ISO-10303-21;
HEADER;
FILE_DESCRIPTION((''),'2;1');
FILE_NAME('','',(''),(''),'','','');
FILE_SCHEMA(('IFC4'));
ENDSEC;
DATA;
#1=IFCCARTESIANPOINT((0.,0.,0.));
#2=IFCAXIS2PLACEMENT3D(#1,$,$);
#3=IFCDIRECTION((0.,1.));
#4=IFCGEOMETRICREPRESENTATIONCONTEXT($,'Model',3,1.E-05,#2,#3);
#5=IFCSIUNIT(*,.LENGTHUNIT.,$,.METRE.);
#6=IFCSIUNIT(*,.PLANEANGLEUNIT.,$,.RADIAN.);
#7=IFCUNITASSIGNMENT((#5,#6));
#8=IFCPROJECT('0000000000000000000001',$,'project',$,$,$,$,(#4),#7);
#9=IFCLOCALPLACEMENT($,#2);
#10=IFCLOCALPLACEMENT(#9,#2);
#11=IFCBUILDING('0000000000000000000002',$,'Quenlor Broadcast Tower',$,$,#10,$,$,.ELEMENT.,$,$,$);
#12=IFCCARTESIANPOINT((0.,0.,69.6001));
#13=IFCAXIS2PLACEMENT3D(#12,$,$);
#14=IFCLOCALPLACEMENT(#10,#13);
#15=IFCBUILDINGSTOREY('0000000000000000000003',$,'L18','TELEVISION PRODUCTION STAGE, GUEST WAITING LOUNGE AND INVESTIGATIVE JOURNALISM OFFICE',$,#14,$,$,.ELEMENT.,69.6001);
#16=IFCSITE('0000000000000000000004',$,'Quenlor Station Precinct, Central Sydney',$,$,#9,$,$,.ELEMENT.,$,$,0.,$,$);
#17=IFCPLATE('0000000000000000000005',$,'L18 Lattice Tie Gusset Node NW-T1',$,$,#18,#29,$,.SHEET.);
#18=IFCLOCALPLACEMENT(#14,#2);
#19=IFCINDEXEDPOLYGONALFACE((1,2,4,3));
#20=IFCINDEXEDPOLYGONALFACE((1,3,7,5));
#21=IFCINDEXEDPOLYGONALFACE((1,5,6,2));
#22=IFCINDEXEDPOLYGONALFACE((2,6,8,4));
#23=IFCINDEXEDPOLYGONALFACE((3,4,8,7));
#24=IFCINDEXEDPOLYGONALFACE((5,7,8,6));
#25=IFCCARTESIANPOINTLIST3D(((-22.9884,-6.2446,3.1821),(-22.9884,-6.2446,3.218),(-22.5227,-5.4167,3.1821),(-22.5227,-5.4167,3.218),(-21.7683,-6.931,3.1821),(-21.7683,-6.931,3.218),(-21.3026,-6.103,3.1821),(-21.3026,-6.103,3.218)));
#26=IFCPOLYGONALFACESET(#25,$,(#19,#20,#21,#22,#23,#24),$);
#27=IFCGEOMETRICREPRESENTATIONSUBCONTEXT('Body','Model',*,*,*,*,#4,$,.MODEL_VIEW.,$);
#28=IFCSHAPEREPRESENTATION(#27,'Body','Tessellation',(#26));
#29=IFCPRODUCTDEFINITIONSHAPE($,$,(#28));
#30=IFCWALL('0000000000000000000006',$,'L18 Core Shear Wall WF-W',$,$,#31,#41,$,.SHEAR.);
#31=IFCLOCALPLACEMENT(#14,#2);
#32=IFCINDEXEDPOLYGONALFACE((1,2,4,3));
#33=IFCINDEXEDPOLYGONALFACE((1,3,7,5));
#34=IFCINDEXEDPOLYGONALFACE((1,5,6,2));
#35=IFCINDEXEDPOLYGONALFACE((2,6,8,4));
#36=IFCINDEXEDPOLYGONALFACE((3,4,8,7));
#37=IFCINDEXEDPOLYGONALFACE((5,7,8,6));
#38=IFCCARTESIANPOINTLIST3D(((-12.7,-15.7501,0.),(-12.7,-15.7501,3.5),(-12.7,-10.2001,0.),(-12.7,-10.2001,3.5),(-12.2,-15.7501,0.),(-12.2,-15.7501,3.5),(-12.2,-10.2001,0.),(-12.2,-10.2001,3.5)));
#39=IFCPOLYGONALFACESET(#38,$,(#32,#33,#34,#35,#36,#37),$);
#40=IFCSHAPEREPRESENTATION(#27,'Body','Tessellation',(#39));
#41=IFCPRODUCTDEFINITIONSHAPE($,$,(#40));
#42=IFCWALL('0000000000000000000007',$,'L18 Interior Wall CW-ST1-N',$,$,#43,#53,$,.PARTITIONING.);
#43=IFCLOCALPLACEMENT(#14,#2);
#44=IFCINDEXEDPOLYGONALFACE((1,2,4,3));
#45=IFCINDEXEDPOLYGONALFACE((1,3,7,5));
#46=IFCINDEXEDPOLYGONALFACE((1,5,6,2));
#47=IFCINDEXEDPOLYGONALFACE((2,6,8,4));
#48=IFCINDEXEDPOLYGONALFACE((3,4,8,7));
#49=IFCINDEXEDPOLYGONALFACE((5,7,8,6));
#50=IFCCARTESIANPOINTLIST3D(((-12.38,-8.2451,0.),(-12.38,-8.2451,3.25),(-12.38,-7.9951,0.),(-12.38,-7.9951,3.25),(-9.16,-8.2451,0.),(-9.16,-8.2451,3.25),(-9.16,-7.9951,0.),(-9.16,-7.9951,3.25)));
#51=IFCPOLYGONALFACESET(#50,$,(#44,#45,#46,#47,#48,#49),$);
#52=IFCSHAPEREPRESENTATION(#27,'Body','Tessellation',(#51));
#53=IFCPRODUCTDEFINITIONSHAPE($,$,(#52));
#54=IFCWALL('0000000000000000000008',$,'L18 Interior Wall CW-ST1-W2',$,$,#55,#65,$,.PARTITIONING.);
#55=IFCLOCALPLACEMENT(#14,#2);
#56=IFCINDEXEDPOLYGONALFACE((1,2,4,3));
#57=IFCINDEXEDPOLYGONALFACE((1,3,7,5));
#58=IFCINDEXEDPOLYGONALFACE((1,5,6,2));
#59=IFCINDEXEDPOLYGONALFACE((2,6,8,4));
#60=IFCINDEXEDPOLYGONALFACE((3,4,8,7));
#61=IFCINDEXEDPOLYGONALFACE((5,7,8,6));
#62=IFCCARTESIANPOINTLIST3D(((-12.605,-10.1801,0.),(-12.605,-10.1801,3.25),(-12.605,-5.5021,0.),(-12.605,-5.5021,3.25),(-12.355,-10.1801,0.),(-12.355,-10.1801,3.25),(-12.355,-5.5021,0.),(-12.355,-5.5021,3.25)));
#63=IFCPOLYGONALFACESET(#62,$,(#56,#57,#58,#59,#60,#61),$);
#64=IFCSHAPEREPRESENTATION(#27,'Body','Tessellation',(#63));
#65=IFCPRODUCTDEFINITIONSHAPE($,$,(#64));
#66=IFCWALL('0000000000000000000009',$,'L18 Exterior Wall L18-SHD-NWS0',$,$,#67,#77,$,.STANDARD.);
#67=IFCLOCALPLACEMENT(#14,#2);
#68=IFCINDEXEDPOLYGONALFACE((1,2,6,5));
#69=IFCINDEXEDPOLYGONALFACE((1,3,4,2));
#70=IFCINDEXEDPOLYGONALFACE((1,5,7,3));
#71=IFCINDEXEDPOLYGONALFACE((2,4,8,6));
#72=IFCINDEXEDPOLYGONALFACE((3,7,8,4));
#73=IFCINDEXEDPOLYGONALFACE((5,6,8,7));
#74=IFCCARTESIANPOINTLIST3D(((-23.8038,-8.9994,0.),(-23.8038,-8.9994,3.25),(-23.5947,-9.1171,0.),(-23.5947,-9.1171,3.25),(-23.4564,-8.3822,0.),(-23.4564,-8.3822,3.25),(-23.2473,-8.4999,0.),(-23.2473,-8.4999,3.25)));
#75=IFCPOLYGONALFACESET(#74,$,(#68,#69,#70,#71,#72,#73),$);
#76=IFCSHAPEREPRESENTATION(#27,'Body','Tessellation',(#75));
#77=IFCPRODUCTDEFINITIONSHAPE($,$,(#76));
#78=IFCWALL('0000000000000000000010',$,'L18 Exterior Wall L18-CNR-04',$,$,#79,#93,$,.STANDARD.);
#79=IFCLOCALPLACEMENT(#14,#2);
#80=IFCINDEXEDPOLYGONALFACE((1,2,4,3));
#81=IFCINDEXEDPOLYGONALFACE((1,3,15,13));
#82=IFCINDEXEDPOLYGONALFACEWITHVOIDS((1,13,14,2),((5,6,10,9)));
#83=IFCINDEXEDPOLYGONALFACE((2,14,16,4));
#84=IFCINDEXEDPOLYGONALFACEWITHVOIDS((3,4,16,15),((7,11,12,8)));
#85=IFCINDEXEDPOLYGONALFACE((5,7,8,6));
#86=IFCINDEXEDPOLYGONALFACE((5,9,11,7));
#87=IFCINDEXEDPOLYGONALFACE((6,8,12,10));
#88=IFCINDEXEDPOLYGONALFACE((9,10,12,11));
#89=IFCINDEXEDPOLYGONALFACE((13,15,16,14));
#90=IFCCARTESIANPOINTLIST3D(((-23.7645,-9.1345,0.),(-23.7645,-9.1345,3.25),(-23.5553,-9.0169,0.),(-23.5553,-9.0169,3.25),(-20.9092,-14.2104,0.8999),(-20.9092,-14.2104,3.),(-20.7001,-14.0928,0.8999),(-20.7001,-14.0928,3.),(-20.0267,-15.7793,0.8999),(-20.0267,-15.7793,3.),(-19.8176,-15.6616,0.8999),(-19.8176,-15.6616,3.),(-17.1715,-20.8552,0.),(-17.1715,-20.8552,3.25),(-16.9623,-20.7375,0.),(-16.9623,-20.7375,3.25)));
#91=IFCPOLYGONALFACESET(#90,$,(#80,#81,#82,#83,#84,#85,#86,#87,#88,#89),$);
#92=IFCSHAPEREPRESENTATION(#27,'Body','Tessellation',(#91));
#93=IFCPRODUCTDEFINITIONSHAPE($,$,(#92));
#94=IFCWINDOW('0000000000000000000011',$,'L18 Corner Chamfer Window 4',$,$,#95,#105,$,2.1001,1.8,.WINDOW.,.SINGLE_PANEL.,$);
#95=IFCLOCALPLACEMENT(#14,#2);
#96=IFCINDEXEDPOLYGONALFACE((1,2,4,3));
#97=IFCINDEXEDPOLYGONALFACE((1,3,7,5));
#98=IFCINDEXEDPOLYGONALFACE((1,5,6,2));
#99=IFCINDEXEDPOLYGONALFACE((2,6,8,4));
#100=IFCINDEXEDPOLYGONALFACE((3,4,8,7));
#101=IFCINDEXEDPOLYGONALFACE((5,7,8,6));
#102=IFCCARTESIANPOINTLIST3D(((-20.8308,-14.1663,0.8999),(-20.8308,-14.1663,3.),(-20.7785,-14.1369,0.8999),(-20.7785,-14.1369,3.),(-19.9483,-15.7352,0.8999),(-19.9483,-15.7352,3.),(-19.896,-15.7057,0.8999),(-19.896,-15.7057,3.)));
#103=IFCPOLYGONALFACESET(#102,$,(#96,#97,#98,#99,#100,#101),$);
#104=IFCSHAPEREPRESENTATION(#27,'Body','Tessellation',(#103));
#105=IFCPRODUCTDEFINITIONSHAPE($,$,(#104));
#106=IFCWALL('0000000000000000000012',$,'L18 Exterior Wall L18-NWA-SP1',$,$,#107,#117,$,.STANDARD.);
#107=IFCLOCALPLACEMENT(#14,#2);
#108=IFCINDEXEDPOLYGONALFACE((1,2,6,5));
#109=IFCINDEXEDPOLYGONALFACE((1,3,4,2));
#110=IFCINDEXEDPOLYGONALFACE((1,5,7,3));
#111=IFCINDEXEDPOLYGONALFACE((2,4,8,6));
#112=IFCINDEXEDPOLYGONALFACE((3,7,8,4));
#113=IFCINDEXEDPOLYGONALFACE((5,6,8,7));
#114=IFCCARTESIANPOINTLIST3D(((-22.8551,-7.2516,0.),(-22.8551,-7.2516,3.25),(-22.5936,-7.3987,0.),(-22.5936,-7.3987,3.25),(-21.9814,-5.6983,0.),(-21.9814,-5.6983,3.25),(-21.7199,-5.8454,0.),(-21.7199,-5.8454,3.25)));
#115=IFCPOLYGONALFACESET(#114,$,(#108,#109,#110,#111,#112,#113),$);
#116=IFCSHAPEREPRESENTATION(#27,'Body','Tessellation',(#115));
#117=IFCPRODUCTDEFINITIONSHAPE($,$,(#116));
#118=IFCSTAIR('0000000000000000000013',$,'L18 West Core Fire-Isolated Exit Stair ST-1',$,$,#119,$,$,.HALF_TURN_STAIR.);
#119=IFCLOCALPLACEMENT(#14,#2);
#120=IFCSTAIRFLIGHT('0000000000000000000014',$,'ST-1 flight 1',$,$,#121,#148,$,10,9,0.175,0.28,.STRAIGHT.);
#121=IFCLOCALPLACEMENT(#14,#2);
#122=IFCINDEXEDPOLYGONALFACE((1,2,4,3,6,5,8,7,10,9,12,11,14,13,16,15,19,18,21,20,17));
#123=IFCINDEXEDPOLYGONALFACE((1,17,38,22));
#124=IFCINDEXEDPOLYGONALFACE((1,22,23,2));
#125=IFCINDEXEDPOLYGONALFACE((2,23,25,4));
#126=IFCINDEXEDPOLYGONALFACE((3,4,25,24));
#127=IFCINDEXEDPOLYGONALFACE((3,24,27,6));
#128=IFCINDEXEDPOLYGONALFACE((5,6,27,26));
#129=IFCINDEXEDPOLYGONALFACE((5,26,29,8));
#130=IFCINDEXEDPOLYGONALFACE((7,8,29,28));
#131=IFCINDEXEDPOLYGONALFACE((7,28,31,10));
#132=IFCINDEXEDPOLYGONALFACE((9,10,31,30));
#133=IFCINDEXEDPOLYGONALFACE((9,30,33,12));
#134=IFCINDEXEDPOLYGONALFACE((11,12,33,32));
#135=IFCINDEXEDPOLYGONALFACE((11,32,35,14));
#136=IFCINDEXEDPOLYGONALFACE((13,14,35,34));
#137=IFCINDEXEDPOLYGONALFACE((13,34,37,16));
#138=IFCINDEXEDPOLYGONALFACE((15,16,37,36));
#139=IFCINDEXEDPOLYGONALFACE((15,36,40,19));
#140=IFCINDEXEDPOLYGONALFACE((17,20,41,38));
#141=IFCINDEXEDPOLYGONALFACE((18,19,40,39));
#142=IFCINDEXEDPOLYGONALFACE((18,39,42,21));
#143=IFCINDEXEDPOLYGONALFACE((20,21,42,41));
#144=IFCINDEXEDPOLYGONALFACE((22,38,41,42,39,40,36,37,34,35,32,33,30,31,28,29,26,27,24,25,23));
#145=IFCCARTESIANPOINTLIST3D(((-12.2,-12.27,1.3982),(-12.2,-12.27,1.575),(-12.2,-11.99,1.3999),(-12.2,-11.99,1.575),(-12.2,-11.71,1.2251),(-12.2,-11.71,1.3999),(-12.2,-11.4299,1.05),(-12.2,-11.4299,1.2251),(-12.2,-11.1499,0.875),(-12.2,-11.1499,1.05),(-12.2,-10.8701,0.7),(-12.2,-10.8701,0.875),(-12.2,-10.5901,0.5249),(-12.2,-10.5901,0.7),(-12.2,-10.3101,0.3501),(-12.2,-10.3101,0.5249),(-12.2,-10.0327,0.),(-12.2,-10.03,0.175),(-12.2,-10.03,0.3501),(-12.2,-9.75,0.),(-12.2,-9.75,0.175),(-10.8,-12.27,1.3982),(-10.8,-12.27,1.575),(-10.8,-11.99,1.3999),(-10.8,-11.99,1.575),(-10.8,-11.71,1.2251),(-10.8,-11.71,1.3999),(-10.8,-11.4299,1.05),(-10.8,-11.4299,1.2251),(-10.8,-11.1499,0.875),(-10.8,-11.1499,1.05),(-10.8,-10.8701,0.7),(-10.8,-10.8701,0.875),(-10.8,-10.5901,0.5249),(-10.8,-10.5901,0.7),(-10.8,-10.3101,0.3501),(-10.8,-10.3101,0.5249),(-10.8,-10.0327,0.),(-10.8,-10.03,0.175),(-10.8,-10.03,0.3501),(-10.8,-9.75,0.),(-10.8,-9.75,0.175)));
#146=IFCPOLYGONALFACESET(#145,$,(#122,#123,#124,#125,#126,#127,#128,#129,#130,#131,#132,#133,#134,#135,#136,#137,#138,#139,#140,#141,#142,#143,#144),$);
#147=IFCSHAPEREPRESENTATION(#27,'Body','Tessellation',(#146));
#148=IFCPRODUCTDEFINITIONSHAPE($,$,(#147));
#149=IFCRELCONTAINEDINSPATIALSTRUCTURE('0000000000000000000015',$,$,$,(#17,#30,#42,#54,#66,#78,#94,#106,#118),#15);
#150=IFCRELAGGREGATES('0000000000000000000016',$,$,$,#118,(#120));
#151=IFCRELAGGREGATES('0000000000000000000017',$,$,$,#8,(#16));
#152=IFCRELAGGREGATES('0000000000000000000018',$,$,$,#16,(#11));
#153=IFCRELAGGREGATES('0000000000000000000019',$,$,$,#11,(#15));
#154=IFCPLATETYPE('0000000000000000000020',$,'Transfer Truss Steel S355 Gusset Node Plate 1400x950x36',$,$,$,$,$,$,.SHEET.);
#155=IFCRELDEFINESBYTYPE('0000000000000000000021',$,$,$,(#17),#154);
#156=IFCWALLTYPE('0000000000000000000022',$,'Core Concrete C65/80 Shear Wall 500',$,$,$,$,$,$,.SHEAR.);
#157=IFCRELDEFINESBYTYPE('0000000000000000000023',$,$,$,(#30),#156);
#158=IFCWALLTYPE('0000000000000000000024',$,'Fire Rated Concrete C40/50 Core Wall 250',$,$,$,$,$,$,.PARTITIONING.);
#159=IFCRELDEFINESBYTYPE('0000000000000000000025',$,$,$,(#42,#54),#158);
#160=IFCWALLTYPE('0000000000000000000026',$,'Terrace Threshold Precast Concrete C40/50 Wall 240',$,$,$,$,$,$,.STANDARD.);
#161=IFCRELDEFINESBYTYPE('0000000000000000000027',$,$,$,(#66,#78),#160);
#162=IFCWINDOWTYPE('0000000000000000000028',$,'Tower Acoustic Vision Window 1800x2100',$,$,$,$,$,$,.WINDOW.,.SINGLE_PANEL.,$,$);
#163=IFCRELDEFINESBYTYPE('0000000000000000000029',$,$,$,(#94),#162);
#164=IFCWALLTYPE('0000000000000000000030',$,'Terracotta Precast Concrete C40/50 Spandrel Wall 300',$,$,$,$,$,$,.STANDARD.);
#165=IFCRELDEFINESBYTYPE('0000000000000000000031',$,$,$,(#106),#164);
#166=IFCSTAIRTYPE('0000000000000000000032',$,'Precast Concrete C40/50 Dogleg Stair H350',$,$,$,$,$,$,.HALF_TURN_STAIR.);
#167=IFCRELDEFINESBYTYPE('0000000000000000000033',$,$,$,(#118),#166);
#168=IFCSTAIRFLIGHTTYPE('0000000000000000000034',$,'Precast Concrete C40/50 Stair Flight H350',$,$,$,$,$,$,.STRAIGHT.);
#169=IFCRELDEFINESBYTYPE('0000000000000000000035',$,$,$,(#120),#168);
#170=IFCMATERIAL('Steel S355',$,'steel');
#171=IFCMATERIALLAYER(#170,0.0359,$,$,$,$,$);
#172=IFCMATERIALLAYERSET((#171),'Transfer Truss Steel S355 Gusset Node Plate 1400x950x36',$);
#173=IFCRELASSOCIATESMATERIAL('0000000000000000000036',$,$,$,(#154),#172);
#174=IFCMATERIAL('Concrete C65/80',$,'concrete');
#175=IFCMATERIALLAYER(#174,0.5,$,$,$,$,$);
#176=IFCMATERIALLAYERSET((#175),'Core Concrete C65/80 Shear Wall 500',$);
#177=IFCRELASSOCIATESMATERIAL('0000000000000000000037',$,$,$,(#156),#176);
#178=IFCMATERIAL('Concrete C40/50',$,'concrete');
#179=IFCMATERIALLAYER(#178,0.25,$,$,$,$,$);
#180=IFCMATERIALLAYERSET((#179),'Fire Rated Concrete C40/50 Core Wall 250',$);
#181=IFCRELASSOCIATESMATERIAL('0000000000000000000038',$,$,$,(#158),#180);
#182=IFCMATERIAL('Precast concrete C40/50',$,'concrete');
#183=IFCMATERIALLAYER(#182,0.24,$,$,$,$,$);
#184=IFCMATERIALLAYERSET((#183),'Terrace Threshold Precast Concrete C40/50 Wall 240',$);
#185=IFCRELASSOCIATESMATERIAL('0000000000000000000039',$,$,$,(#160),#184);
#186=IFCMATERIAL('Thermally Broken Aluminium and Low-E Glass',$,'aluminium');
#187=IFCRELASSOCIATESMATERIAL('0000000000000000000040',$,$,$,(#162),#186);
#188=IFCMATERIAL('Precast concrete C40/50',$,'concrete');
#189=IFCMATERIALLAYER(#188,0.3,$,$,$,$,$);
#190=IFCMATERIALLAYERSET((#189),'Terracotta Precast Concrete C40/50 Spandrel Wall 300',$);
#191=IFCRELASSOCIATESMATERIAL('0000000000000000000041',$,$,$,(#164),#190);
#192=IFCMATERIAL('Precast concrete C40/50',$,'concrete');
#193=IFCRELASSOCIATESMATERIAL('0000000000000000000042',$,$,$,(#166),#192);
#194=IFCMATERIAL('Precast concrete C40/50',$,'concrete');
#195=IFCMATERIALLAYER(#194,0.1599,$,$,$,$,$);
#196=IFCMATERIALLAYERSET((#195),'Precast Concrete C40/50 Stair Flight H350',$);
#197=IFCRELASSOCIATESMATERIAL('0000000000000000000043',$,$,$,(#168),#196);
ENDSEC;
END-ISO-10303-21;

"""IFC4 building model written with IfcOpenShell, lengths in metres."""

from ifc_helpers import new_model, si_unit, direction, frame, frame_2d, origin, origin_2d, place, context, subcontext, project, spatial, polyline, rectangle, outline, extrude, material, layer, layer_set, type_object, element, fill, aggregate, save


model = new_model("IFC4")

# Units and contexts
model_context = context("Model", 3, precision=1e-05, world=origin(), true_north=direction((0.0, 1.0)))
body_context = subcontext(model_context, "Body", "Model", "MODEL_VIEW")
ifc_project = project(units=[si_unit("LENGTHUNIT", "METRE"), si_unit("PLANEANGLEUNIT", "RADIAN")], contexts=[model_context])

# Site, building, storey
site_placement = place(None, origin())
site = spatial("IfcSite", under=ifc_project, at=site_placement, Name="Quenlor Station Precinct, Central Sydney", CompositionType="ELEMENT", RefElevation=0.0)
building_placement = place(site_placement, origin())
building = spatial("IfcBuilding", under=site, at=building_placement, Name="Quenlor Broadcast Tower", CompositionType="ELEMENT")
storey_placement = place(building_placement, frame((0.0, 0.0, 69.6001)))
storey = spatial("IfcBuildingStorey", under=building, at=storey_placement, Name="L18", Description="TELEVISION PRODUCTION STAGE, GUEST WAITING LOUNGE AND INVESTIGATIVE JOURNALISM OFFICE", CompositionType="ELEMENT", Elevation=69.6001)

# Plate
ifc_material_1 = material(Name="Steel S355", Category="steel")
ifc_layer_1 = layer(ifc_material_1, 0.0359)
ifc_layer_set_1 = layer_set([ifc_layer_1], Name="Transfer Truss Steel S355 Gusset Node Plate 1400x950x36")
plate_type_1 = type_object("IfcPlateType", Name="Transfer Truss Steel S355 Gusset Node Plate 1400x950x36", PredefinedType="SHEET", material=ifc_layer_set_1)
for number, where, z_axis, x_axis, name in (
    (1, (-22.1455, -6.1738, 3.1821), (0.0, 0.0, 1.0), (-0.871556, 0.490295, 0.0), "L18 Lattice Tie Gusset Node NW-T1"),
):
    element("IfcPlate", number, at=place(storey_placement, frame(where, z_axis=z_axis, x_axis=x_axis)), inside=storey, type_object=plate_type_1, Name=name, PredefinedType="SHEET", context=body_context, shape_type="SweptSolid", body=[
        extrude(rectangle(XDim=1.3999, YDim=0.95, at=origin_2d()), origin(), (0.0, 0.0, 1.0), 0.0359),
    ])

# Walls
ifc_material_2 = material(Name="Concrete C65/80", Category="concrete")
ifc_layer_2 = layer(ifc_material_2, 0.5)
ifc_layer_set_2 = layer_set([ifc_layer_2], Name="Core Concrete C65/80 Shear Wall 500")
wall_type_1 = type_object("IfcWallType", Name="Core Concrete C65/80 Shear Wall 500", PredefinedType="SHEAR", material=ifc_layer_set_2)
wall_1_placement = place(storey_placement, frame((-12.45, -15.75, 0.0), z_axis=(0.0, 0.0, 1.0), x_axis=(0.0, 1.0, 0.0)))
element("IfcWall", 2, at=wall_1_placement, inside=storey, type_object=wall_type_1, Name="L18 Core Shear Wall WF-W", PredefinedType="SHEAR", context=body_context, shape_type="SweptSolid", body=[
    extrude(rectangle(XDim=5.55, YDim=0.5, at=frame_2d((2.7749, 0.0))), origin(), (0.0, 0.0, 1.0), 3.5),
])
ifc_material_3 = material(Name="Concrete C40/50", Category="concrete")
ifc_layer_3 = layer(ifc_material_3, 0.25)
ifc_layer_set_3 = layer_set([ifc_layer_3], Name="Fire Rated Concrete C40/50 Core Wall 250")
wall_type_2 = type_object("IfcWallType", Name="Fire Rated Concrete C40/50 Core Wall 250", PredefinedType="PARTITIONING", material=ifc_layer_set_3)
wall_2_placement = place(storey_placement, frame((-12.3799, -8.1201, 0.0), z_axis=(0.0, 0.0, 1.0), x_axis=(1.0, 0.0, 0.0)))
element("IfcWall", 3, at=wall_2_placement, inside=storey, type_object=wall_type_2, Name="L18 Interior Wall CW-ST1-N", PredefinedType="PARTITIONING", context=body_context, shape_type="SweptSolid", body=[
    extrude(rectangle(XDim=3.22, YDim=0.25, at=frame_2d((1.6099, 0.0))), origin(), (0.0, 0.0, 1.0), 3.25),
])
wall_3_placement = place(storey_placement, frame((-12.48, -10.1799, 0.0), z_axis=(0.0, 0.0, 1.0), x_axis=(0.0, 1.0, 0.0)))
element("IfcWall", 4, at=wall_3_placement, inside=storey, type_object=wall_type_2, Name="L18 Interior Wall CW-ST1-W2", PredefinedType="PARTITIONING", context=body_context, shape_type="SweptSolid", body=[
    extrude(rectangle(XDim=4.678, YDim=0.25, at=frame_2d((2.3389, 0.0))), origin(), (0.0, 0.0, 1.0), 3.25),
])

# Wall
ifc_material_4 = material(Name="Precast concrete C40/50", Category="concrete")
ifc_layer_4 = layer(ifc_material_4, 0.24)
ifc_layer_set_4 = layer_set([ifc_layer_4], Name="Terrace Threshold Precast Concrete C40/50 Wall 240")
wall_type_3 = type_object("IfcWallType", Name="Terrace Threshold Precast Concrete C40/50 Wall 240", PredefinedType="STANDARD", material=ifc_layer_set_4)
wall_4_placement = place(storey_placement, frame((-23.6992, -9.0581, 0.0), z_axis=(0.0, 0.0, 1.0), x_axis=(0.490523, 0.871428, 0.0)))
element("IfcWall", 5, at=wall_4_placement, inside=storey, type_object=wall_type_3, Name="L18 Exterior Wall L18-SHD-NWS0", PredefinedType="STANDARD", context=body_context, shape_type="SweptSolid", body=[
    extrude(rectangle(XDim=0.7083, YDim=0.24, at=frame_2d((0.354, 0.0))), origin(), (0.0, 0.0, 1.0), 3.25),
])

# Wall, opening, window
wall_5_placement = place(storey_placement, frame((-23.6599, -9.0757, 0.0), z_axis=(0.0, 0.0, 1.0), x_axis=(0.490268, -0.871572, 0.0)))
wall_5 = element("IfcWall", 6, at=wall_5_placement, inside=storey, type_object=wall_type_3, Name="L18 Exterior Wall L18-CNR-04", PredefinedType="STANDARD", context=body_context, shape_type="SweptSolid", body=[
    extrude(rectangle(XDim=13.4478, YDim=0.24, at=frame_2d((6.7239, 0.0))), origin(), (0.0, 0.0, 1.0), 3.25),
])
opening_1_placement = place(wall_5_placement, frame((5.824, 0.0, 0.8999)))
opening_1 = element("IfcOpeningElement", 7, at=opening_1_placement, cuts=wall_5, PredefinedType="OPENING", context=body_context, shape_type="SweptSolid", body=[
    extrude(rectangle(XDim=1.8, YDim=2.1001, at=frame_2d((0.8999, 1.05))), frame((0.0, 0.1299, 0.0), z_axis=(0.0, -1.0, 0.0), x_axis=(1.0, 0.0, 0.0)), (0.0, 0.0, 1.0), 0.26),
])
ifc_material_5 = material(Name="Thermally Broken Aluminium and Low-E Glass", Category="aluminium")
window_type = type_object("IfcWindowType", Name="Tower Acoustic Vision Window 1800x2100", PartitioningType="SINGLE_PANEL", PredefinedType="WINDOW", material=ifc_material_5)
window_placement = place(opening_1_placement, origin())
window = element("IfcWindow", 8, at=window_placement, inside=storey, type_object=window_type, Name="L18 Corner Chamfer Window 4", OverallHeight=2.1001, OverallWidth=1.8, PartitioningType="SINGLE_PANEL", PredefinedType="WINDOW", context=body_context, shape_type="SweptSolid", body=[
    extrude(rectangle(XDim=1.8, YDim=2.1001, at=frame_2d((0.8999, 1.05))), frame((0.0, 0.03, 0.0), z_axis=(0.0, -1.0, 0.0), x_axis=(1.0, 0.0, 0.0)), (0.0, 0.0, 1.0), 0.0601),
])
fill(opening_1, window)

# Wall
ifc_material_6 = material(Name="Precast concrete C40/50", Category="concrete")
ifc_layer_5 = layer(ifc_material_6, 0.3)
ifc_layer_set_5 = layer_set([ifc_layer_5], Name="Terracotta Precast Concrete C40/50 Spandrel Wall 300")
wall_type_4 = type_object("IfcWallType", Name="Terracotta Precast Concrete C40/50 Spandrel Wall 300", PredefinedType="STANDARD", material=ifc_layer_set_5)
wall_6_placement = place(storey_placement, frame((-22.7244, -7.3252, 0.0), z_axis=(0.0, 0.0, 1.0), x_axis=(0.490242, 0.871587, 0.0)))
element("IfcWall", 9, at=wall_6_placement, inside=storey, type_object=wall_type_4, Name="L18 Exterior Wall L18-NWA-SP1", PredefinedType="STANDARD", context=body_context, shape_type="SweptSolid", body=[
    extrude(rectangle(XDim=1.7822, YDim=0.3, at=frame_2d((0.8911, 0.0))), origin(), (0.0, 0.0, 1.0), 3.25),
])

# Stair, stair flight
ifc_material_7 = material(Name="Precast concrete C40/50", Category="concrete")
stair_type = type_object("IfcStairType", Name="Precast Concrete C40/50 Dogleg Stair H350", PredefinedType="HALF_TURN_STAIR", material=ifc_material_7)
stair_placement = place(storey_placement, origin())
stair = element("IfcStair", 10, at=stair_placement, inside=storey, type_object=stair_type, Name="L18 West Core Fire-Isolated Exit Stair ST-1", PredefinedType="HALF_TURN_STAIR")
ifc_material_8 = material(Name="Precast concrete C40/50", Category="concrete")
ifc_layer_6 = layer(ifc_material_8, 0.1599)
ifc_layer_set_6 = layer_set([ifc_layer_6], Name="Precast Concrete C40/50 Stair Flight H350")
stair_flight_type = type_object("IfcStairFlightType", Name="Precast Concrete C40/50 Stair Flight H350", PredefinedType="STRAIGHT", material=ifc_layer_set_6)
stair_flight_placement = place(storey_placement, frame((-11.5, -9.75, 0.0), z_axis=(0.0, 0.0, 1.0), x_axis=(0.0, -1.0, 0.0)))
stair_flight = element("IfcStairFlight", 11, at=stair_flight_placement, type_object=stair_flight_type, Name="ST-1 flight 1", NumberOfRisers=10, NumberOfTreads=9, PredefinedType="STRAIGHT", RiserHeight=0.175, TreadLength=0.28, context=body_context, shape_type="SweptSolid", body=[
    extrude(outline(polyline([(0.0, 0.0), (0.0, 0.175), (0.28, 0.175), (0.28, 0.3501), (0.5601, 0.3501), (0.5601, 0.5249), (0.8401, 0.5249), (0.8401, 0.7), (1.1201, 0.7), (1.1201, 0.875), (1.3999, 0.875), (1.3999, 1.05), (1.6799, 1.05), (1.6799, 1.2251), (1.96, 1.2251), (1.96, 1.3999), (2.24, 1.3999), (2.24, 1.575), (2.52, 1.575), (2.52, 1.75), (2.52, 1.3982), (0.2827, 0.0), (0.0, 0.0)])), frame((0.0, 0.7, 0.0), z_axis=(0.0, -1.0, 0.0), x_axis=(1.0, 0.0, 0.0)), (0.0, 0.0, 1.0), 1.3999),
])
aggregate(stair, [stair_flight])

save(model, "model.ifc")
